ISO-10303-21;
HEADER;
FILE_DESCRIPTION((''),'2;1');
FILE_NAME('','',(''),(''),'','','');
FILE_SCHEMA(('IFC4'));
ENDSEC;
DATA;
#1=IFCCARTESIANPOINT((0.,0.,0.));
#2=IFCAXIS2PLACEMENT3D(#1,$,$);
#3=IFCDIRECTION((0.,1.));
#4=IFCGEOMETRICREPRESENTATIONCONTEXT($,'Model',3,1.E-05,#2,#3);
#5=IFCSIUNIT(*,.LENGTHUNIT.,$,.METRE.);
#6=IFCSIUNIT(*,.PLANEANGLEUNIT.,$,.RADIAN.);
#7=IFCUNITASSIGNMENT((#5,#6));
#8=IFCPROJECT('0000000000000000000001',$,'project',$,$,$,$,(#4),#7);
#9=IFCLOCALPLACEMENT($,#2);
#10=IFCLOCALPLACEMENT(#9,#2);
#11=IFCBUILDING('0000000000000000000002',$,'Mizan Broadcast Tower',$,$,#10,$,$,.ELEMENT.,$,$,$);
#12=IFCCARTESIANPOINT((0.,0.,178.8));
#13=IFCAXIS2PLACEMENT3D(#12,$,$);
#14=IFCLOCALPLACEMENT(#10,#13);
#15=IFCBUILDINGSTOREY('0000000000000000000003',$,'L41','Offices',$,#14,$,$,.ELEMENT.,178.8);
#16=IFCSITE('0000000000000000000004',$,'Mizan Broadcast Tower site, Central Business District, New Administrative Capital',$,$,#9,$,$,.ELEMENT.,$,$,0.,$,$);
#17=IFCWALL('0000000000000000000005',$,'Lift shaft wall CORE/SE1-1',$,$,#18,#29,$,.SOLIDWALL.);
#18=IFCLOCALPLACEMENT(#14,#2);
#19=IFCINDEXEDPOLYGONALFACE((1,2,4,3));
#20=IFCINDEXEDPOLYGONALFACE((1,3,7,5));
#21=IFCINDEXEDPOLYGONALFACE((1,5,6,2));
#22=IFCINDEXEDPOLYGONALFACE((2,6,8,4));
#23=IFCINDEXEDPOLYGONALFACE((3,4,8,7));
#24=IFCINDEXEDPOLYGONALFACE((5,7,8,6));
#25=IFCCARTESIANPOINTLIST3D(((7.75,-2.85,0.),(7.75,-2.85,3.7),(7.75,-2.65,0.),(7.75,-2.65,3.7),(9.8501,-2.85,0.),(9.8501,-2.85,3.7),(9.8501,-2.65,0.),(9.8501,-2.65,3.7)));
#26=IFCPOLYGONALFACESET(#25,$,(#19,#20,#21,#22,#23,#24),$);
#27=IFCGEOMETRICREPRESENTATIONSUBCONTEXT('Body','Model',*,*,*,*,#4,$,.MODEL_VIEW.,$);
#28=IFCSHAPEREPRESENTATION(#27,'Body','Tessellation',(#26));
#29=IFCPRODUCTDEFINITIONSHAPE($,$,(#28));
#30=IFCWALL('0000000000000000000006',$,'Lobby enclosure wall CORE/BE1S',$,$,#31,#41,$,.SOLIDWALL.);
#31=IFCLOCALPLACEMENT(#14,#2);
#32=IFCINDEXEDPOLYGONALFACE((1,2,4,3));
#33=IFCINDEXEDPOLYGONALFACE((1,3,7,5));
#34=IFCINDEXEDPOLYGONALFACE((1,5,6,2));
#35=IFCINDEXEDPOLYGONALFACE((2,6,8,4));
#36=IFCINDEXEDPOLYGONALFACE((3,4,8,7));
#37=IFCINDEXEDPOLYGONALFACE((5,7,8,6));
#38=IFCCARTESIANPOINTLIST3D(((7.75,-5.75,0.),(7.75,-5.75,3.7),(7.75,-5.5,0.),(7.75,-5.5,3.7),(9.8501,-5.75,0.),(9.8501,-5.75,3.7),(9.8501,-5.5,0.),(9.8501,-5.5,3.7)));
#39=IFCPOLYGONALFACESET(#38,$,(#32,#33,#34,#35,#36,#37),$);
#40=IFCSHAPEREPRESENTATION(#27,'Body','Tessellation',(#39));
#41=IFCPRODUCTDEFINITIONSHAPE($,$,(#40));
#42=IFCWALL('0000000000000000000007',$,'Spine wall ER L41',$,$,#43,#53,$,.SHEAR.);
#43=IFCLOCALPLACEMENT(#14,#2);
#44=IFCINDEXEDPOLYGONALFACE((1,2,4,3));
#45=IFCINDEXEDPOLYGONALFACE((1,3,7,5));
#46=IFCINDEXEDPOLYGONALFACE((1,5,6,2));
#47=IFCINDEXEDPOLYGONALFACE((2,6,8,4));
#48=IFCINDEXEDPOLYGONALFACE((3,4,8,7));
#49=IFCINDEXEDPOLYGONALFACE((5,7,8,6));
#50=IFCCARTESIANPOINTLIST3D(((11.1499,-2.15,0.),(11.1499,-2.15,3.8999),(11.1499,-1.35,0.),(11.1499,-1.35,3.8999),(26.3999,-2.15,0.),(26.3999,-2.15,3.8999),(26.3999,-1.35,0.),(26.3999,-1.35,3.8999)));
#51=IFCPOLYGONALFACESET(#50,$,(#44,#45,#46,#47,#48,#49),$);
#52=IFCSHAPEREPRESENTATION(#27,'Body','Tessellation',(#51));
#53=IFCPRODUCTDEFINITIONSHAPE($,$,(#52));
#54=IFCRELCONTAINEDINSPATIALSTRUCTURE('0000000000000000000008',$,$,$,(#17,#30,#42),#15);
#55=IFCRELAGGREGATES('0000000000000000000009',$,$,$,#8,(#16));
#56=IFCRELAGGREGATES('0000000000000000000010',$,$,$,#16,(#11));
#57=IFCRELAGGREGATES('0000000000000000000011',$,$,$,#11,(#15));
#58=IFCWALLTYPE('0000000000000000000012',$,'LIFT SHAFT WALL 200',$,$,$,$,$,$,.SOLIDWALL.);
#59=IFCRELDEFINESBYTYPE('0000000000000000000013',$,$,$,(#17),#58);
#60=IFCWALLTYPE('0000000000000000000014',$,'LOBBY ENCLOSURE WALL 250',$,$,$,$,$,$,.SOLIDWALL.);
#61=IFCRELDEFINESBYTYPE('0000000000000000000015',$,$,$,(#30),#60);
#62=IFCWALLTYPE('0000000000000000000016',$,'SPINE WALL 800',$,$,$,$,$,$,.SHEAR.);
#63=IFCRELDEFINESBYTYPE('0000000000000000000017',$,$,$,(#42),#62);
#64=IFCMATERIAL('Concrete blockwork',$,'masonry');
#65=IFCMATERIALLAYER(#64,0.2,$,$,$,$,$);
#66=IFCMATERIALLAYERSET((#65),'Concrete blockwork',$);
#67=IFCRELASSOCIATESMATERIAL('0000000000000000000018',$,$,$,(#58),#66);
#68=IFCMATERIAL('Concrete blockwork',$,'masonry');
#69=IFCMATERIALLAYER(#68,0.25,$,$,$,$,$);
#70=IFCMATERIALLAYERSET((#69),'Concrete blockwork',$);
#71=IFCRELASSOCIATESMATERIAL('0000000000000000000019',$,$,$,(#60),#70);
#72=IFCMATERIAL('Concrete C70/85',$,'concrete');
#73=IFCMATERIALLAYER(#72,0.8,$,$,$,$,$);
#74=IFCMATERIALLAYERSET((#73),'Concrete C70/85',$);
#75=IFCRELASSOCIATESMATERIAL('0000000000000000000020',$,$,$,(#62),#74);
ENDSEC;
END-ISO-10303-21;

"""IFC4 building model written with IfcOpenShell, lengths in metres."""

from ifc_helpers import new_model, si_unit, direction, frame, frame_2d, origin, place, context, subcontext, project, spatial, rectangle, extrude, material, layer, layer_set, type_object, element, save


model = new_model("IFC4")

# Units and contexts
model_context = context("Model", 3, precision=1e-05, world=origin(), true_north=direction((0.0, 1.0)))
body_context = subcontext(model_context, "Body", "Model", "MODEL_VIEW")
ifc_project = project(units=[si_unit("LENGTHUNIT", "METRE"), si_unit("PLANEANGLEUNIT", "RADIAN")], contexts=[model_context])

# Site, building, storey
site_placement = place(None, origin())
site = spatial("IfcSite", under=ifc_project, at=site_placement, Name="Mizan Broadcast Tower site, Central Business District, New Administrative Capital", CompositionType="ELEMENT", RefElevation=0.0)
building_placement = place(site_placement, origin())
building = spatial("IfcBuilding", under=site, at=building_placement, Name="Mizan Broadcast Tower", CompositionType="ELEMENT")
storey_placement = place(building_placement, frame((0.0, 0.0, 178.8)))
storey = spatial("IfcBuildingStorey", under=building, at=storey_placement, Name="L41", Description="Offices", CompositionType="ELEMENT", Elevation=178.8)

# Walls
ifc_material_1 = material(Name="Concrete blockwork", Category="masonry")
ifc_layer_1 = layer(ifc_material_1, 0.2)
ifc_layer_set_1 = layer_set([ifc_layer_1], Name="Concrete blockwork")
wall_type_1 = type_object("IfcWallType", Name="LIFT SHAFT WALL 200", PredefinedType="SOLIDWALL", material=ifc_layer_set_1)
wall_1_placement = place(storey_placement, frame((7.75, -2.75, 0.0), z_axis=(0.0, 0.0, 1.0), x_axis=(1.0, 0.0, 0.0)))
element("IfcWall", 1, at=wall_1_placement, inside=storey, type_object=wall_type_1, Name="Lift shaft wall CORE/SE1-1", PredefinedType="SOLIDWALL", context=body_context, shape_type="SweptSolid", body=[
    extrude(rectangle(XDim=2.1001, YDim=0.2, at=frame_2d((1.05, 0.0))), origin(), (0.0, 0.0, 1.0), 3.7),
])
ifc_material_2 = material(Name="Concrete blockwork", Category="masonry")
ifc_layer_2 = layer(ifc_material_2, 0.25)
ifc_layer_set_2 = layer_set([ifc_layer_2], Name="Concrete blockwork")
wall_type_2 = type_object("IfcWallType", Name="LOBBY ENCLOSURE WALL 250", PredefinedType="SOLIDWALL", material=ifc_layer_set_2)
wall_2_placement = place(storey_placement, frame((7.75, -5.625, 0.0), z_axis=(0.0, 0.0, 1.0), x_axis=(1.0, 0.0, 0.0)))
element("IfcWall", 2, at=wall_2_placement, inside=storey, type_object=wall_type_2, Name="Lobby enclosure wall CORE/BE1S", PredefinedType="SOLIDWALL", context=body_context, shape_type="SweptSolid", body=[
    extrude(rectangle(XDim=2.1001, YDim=0.25, at=frame_2d((1.05, 0.0))), origin(), (0.0, 0.0, 1.0), 3.7),
])
ifc_material_3 = material(Name="Concrete C70/85", Category="concrete")
ifc_layer_3 = layer(ifc_material_3, 0.8)
ifc_layer_set_3 = layer_set([ifc_layer_3], Name="Concrete C70/85")
wall_type_3 = type_object("IfcWallType", Name="SPINE WALL 800", PredefinedType="SHEAR", material=ifc_layer_set_3)
wall_3_placement = place(storey_placement, frame((11.1499, -1.75, 0.0), z_axis=(0.0, 0.0, 1.0), x_axis=(1.0, 0.0, 0.0)))
element("IfcWall", 3, at=wall_3_placement, inside=storey, type_object=wall_type_3, Name="Spine wall ER L41", PredefinedType="SHEAR", context=body_context, shape_type="SweptSolid", body=[
    extrude(rectangle(XDim=15.25, YDim=0.8, at=frame_2d((7.625, 0.0))), origin(), (0.0, 0.0, 1.0), 3.8999),
])

save(model, "model.ifc")
